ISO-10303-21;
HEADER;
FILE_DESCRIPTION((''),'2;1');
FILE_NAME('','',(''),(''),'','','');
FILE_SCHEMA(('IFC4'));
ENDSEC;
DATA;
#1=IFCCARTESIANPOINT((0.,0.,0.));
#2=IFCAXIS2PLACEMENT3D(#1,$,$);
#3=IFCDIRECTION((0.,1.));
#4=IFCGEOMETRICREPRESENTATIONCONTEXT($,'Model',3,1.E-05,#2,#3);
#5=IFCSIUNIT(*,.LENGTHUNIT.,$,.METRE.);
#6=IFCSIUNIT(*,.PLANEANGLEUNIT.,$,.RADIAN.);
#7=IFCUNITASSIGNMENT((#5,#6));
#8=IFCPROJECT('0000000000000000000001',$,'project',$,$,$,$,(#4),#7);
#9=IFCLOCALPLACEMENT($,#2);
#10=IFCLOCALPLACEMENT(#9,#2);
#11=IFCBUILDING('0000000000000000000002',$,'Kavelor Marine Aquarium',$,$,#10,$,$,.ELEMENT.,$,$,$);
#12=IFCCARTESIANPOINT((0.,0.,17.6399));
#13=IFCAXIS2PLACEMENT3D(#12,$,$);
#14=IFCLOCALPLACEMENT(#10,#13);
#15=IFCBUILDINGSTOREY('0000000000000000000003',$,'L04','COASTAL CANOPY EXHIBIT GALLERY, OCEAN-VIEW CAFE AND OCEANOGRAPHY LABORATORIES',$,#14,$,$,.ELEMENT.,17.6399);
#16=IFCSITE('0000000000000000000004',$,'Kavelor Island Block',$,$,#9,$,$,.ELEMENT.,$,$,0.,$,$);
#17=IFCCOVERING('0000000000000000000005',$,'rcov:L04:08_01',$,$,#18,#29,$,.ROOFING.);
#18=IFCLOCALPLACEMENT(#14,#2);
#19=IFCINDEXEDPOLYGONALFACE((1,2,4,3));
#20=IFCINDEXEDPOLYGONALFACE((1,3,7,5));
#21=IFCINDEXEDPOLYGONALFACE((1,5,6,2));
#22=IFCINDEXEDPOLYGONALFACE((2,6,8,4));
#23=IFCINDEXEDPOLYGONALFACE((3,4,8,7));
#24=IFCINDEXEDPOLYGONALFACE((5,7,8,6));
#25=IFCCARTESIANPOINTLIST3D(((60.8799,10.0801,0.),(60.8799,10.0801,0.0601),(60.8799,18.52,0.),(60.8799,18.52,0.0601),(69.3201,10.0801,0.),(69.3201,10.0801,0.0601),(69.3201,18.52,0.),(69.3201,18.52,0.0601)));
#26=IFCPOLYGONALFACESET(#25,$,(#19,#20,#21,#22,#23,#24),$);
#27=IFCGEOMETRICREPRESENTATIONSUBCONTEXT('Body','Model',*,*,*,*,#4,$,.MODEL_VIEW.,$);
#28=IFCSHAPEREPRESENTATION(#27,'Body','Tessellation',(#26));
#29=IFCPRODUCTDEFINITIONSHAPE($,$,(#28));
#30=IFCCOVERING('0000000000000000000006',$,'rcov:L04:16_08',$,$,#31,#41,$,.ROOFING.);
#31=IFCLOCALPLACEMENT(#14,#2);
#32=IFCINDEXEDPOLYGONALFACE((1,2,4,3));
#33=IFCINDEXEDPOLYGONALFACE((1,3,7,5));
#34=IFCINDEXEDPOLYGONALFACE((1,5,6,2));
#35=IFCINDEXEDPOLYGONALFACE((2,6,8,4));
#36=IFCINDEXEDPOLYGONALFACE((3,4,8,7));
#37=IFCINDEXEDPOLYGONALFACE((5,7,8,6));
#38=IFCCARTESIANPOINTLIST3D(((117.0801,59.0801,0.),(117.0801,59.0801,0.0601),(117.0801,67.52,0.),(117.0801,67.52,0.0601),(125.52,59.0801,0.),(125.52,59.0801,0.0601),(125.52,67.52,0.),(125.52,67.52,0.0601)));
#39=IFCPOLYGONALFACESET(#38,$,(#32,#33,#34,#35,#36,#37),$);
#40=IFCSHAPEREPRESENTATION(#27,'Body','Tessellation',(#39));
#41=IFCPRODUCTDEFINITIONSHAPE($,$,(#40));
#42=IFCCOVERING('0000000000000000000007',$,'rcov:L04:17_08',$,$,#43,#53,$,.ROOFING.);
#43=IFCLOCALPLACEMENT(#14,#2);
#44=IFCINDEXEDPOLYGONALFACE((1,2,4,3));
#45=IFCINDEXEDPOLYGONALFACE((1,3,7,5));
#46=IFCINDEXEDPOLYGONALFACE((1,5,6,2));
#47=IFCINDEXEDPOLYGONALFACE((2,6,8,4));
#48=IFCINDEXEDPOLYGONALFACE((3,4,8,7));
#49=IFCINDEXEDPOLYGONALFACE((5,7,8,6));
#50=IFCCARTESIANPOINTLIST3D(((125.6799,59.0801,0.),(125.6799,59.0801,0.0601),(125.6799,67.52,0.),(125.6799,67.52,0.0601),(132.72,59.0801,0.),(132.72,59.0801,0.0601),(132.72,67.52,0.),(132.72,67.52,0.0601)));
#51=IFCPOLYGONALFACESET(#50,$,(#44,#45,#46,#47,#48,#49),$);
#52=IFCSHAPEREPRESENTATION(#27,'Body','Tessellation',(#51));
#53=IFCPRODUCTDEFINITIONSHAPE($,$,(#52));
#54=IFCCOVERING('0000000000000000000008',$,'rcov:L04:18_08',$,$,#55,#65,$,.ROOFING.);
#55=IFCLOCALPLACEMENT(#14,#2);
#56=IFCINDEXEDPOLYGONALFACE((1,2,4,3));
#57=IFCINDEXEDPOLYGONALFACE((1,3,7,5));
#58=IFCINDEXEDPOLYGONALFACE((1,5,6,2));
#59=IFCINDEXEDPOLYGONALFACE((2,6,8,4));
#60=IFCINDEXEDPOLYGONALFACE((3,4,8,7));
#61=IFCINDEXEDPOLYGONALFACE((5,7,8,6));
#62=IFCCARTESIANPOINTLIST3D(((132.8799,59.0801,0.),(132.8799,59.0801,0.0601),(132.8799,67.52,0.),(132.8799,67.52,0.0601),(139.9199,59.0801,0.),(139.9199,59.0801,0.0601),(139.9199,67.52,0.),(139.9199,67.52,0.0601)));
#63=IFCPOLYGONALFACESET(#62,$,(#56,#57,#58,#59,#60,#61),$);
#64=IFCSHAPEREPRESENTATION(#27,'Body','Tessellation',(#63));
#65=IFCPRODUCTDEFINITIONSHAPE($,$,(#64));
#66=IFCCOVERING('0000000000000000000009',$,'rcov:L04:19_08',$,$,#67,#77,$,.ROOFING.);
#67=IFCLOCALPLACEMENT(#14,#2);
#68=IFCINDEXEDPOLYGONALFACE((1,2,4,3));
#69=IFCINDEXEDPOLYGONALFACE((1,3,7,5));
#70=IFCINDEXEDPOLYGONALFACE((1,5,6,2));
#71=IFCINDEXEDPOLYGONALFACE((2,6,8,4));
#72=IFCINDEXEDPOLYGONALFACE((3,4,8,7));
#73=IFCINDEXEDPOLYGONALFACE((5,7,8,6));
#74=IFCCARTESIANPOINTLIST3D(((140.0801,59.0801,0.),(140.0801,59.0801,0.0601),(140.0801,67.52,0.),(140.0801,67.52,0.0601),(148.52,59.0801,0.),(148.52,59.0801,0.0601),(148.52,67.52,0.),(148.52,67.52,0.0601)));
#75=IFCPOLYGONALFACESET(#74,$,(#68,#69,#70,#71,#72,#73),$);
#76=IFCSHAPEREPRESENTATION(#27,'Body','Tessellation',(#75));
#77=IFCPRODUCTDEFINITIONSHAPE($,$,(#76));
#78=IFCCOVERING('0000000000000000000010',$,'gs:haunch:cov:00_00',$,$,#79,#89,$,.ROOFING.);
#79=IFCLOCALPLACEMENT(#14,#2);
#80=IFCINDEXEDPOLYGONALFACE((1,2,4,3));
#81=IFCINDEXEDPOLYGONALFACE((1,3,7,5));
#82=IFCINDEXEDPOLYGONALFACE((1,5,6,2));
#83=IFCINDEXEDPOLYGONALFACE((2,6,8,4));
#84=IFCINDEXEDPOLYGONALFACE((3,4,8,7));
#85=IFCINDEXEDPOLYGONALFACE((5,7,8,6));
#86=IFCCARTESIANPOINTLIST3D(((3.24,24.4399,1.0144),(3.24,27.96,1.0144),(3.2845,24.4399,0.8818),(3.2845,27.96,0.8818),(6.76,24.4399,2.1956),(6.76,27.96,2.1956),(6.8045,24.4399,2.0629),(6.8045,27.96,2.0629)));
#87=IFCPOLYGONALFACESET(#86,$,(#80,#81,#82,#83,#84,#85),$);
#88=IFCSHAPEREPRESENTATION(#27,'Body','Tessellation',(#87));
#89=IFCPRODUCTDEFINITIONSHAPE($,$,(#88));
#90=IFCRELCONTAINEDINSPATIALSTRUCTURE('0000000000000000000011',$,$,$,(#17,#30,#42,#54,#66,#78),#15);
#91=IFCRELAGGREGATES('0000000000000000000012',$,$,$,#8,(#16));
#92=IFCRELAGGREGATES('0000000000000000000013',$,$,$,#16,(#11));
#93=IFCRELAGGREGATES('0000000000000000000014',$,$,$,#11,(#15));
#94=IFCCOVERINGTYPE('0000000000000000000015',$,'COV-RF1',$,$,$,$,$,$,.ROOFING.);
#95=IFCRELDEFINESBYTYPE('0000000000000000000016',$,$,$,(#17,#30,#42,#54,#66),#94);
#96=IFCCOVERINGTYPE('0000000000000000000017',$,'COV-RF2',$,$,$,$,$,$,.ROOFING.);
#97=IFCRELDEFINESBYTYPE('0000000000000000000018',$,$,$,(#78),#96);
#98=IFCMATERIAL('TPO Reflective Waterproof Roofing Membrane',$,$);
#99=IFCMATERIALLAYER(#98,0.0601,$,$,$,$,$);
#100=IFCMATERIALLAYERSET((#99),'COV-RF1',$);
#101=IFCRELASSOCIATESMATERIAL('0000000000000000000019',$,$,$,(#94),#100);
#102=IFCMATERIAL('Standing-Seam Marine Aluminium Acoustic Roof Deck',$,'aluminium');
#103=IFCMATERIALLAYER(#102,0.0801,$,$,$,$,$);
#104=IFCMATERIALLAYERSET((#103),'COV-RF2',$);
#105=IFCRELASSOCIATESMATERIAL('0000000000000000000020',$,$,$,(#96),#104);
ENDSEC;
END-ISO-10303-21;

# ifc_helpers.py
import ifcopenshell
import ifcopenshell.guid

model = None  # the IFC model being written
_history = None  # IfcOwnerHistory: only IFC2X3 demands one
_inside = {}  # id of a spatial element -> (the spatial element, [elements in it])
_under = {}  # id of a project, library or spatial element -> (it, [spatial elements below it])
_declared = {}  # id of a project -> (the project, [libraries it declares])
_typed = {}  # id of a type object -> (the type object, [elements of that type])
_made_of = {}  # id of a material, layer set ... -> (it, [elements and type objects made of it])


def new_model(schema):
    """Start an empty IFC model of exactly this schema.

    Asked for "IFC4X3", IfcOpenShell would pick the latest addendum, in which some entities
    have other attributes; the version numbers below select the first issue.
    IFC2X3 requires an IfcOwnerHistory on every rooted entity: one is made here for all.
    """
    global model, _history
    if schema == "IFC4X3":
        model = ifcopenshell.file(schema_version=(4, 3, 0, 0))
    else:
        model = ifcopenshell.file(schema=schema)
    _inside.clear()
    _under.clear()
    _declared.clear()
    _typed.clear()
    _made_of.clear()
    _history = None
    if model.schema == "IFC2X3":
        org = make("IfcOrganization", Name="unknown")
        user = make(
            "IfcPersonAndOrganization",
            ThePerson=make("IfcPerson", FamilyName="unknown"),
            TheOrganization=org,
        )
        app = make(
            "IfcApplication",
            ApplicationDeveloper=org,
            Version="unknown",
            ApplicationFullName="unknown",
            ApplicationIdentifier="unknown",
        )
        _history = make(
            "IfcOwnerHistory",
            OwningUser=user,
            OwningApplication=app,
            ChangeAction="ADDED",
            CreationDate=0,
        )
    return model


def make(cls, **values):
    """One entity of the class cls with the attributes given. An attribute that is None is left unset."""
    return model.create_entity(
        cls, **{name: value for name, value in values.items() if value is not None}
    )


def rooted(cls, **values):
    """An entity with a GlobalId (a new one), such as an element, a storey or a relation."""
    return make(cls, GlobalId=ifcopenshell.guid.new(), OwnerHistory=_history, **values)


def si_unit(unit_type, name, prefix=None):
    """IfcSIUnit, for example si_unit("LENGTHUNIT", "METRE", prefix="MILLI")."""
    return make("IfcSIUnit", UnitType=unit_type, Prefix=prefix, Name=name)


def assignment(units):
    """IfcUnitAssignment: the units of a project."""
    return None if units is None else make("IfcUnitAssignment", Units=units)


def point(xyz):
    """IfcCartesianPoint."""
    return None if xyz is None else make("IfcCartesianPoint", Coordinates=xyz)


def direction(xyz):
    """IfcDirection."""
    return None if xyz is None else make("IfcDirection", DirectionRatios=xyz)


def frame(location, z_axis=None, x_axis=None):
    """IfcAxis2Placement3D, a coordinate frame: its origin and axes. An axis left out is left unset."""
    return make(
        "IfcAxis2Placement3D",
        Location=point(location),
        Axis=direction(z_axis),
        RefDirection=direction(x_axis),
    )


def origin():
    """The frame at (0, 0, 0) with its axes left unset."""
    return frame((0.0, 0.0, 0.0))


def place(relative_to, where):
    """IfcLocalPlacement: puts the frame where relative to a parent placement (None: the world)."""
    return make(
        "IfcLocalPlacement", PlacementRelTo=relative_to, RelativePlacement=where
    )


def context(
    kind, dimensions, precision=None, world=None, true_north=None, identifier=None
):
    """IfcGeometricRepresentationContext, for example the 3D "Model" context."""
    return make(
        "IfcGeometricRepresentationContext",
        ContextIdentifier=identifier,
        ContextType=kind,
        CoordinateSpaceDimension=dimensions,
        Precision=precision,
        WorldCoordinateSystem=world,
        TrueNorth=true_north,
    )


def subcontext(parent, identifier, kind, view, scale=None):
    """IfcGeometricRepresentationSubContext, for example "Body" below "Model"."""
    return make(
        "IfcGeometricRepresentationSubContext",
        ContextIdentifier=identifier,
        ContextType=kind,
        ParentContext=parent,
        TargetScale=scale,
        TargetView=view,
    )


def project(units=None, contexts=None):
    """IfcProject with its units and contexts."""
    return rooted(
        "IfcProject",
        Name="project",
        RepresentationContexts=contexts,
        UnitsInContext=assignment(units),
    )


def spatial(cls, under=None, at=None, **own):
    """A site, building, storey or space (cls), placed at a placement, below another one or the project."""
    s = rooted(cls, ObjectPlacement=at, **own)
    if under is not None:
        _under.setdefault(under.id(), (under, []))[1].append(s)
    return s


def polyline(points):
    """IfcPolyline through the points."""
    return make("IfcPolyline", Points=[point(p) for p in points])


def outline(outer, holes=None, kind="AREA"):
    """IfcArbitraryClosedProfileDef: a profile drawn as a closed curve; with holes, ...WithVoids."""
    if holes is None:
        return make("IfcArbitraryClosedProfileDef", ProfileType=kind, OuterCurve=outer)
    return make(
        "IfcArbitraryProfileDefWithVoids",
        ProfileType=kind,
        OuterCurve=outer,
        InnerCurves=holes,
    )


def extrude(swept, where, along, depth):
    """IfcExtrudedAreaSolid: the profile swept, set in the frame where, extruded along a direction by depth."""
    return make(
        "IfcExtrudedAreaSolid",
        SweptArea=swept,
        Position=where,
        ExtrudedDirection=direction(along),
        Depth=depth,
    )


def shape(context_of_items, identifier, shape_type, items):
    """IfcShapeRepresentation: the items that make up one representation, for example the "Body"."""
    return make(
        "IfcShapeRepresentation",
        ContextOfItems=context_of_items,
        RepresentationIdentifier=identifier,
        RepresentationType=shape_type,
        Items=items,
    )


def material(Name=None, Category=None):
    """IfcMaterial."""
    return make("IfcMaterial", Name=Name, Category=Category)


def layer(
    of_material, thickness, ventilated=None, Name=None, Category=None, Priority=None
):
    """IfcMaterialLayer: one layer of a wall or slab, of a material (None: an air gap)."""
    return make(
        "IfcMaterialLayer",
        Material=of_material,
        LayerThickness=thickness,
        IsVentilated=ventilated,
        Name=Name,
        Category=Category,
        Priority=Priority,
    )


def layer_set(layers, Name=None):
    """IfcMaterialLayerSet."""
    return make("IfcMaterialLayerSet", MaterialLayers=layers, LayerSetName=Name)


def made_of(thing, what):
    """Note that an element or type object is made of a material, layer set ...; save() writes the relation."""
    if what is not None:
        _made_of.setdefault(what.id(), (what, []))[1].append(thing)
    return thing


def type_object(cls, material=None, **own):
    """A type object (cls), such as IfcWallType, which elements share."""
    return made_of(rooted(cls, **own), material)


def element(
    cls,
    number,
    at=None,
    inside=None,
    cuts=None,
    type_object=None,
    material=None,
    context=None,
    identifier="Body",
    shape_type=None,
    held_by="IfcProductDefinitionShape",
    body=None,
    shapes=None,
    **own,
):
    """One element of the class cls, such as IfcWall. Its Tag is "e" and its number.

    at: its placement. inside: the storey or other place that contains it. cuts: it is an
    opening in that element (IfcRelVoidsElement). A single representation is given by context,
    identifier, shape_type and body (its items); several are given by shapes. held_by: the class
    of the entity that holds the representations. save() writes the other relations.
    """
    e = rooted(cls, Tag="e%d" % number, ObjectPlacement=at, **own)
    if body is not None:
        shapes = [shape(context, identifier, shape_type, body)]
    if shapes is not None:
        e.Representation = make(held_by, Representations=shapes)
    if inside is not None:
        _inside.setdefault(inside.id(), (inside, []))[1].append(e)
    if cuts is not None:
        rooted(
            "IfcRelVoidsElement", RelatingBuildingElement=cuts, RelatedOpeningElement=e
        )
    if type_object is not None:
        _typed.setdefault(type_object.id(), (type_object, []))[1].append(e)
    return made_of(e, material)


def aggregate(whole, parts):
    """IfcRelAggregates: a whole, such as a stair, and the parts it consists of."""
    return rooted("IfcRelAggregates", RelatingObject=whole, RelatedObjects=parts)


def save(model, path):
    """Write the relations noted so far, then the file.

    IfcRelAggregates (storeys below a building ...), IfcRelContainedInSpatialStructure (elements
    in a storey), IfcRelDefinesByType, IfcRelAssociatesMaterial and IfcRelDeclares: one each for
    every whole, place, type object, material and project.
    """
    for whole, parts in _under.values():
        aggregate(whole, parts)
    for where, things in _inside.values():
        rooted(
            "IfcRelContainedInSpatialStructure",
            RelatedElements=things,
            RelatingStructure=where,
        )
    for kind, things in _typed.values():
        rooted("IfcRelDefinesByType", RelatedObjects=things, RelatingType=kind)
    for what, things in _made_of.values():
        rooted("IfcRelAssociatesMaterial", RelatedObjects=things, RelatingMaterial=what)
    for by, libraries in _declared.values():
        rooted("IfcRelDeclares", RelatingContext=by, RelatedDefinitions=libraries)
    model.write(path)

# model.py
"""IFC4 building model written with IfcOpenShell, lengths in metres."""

from ifc_helpers import new_model, si_unit, direction, frame, origin, place, context, subcontext, project, spatial, polyline, outline, extrude, material, layer, layer_set, type_object, element, save


model = new_model("IFC4")

# Units and contexts
model_context = context("Model", 3, precision=1e-05, world=origin(), true_north=direction((0.0, 1.0)))
body_context = subcontext(model_context, "Body", "Model", "MODEL_VIEW")
ifc_project = project(units=[si_unit("LENGTHUNIT", "METRE"), si_unit("PLANEANGLEUNIT", "RADIAN")], contexts=[model_context])

# Site, building, storey
site_placement = place(None, origin())
site = spatial("IfcSite", under=ifc_project, at=site_placement, Name="Kavelor Island Block", CompositionType="ELEMENT", RefElevation=0.0)
building_placement = place(site_placement, origin())
building = spatial("IfcBuilding", under=site, at=building_placement, Name="Kavelor Marine Aquarium", CompositionType="ELEMENT")
storey_placement = place(building_placement, frame((0.0, 0.0, 17.6399)))
storey = spatial("IfcBuildingStorey", under=building, at=storey_placement, Name="L04", Description="COASTAL CANOPY EXHIBIT GALLERY, OCEAN-VIEW CAFE AND OCEANOGRAPHY LABORATORIES", CompositionType="ELEMENT", Elevation=17.6399)

# Coverings
ifc_material_1 = material(Name="TPO Reflective Waterproof Roofing Membrane")
ifc_layer_1 = layer(ifc_material_1, 0.0601)
ifc_layer_set_1 = layer_set([ifc_layer_1], Name="COV-RF1")
covering_type_1 = type_object("IfcCoveringType", Name="COV-RF1", PredefinedType="ROOFING", material=ifc_layer_set_1)
covering_1_placement = place(storey_placement, origin())
element("IfcCovering", 1, at=covering_1_placement, inside=storey, type_object=covering_type_1, Name="rcov:L04:08_01", PredefinedType="ROOFING", context=body_context, shape_type="SweptSolid", body=[
    extrude(outline(polyline([(60.8799, 10.0801), (69.3201, 10.0801), (69.3201, 18.52), (60.8799, 18.52), (60.8799, 10.0801)])), origin(), (0.0, 0.0, 1.0), 0.0601),
])
covering_2_placement = place(storey_placement, origin())
element("IfcCovering", 2, at=covering_2_placement, inside=storey, type_object=covering_type_1, Name="rcov:L04:16_08", PredefinedType="ROOFING", context=body_context, shape_type="SweptSolid", body=[
    extrude(outline(polyline([(117.0801, 59.0801), (125.52, 59.0801), (125.52, 67.52), (117.0801, 67.52), (117.0801, 59.0801)])), origin(), (0.0, 0.0, 1.0), 0.0601),
])
covering_3_placement = place(storey_placement, origin())
element("IfcCovering", 3, at=covering_3_placement, inside=storey, type_object=covering_type_1, Name="rcov:L04:17_08", PredefinedType="ROOFING", context=body_context, shape_type="SweptSolid", body=[
    extrude(outline(polyline([(125.6799, 59.0801), (132.72, 59.0801), (132.72, 67.52), (125.6799, 67.52), (125.6799, 59.0801)])), origin(), (0.0, 0.0, 1.0), 0.0601),
])
covering_4_placement = place(storey_placement, origin())
element("IfcCovering", 4, at=covering_4_placement, inside=storey, type_object=covering_type_1, Name="rcov:L04:18_08", PredefinedType="ROOFING", context=body_context, shape_type="SweptSolid", body=[
    extrude(outline(polyline([(132.8799, 59.0801), (139.9199, 59.0801), (139.9199, 67.52), (132.8799, 67.52), (132.8799, 59.0801)])), origin(), (0.0, 0.0, 1.0), 0.0601),
])
covering_5_placement = place(storey_placement, origin())
element("IfcCovering", 5, at=covering_5_placement, inside=storey, type_object=covering_type_1, Name="rcov:L04:19_08", PredefinedType="ROOFING", context=body_context, shape_type="SweptSolid", body=[
    extrude(outline(polyline([(140.0801, 59.0801), (148.52, 59.0801), (148.52, 67.52), (140.0801, 67.52), (140.0801, 59.0801)])), origin(), (0.0, 0.0, 1.0), 0.0601),
])
ifc_material_2 = material(Name="Standing-Seam Marine Aluminium Acoustic Roof Deck", Category="aluminium")
ifc_layer_2 = layer(ifc_material_2, 0.0801)
ifc_layer_set_2 = layer_set([ifc_layer_2], Name="COV-RF2")
covering_type_2 = type_object("IfcCoveringType", Name="COV-RF2", PredefinedType="ROOFING", material=ifc_layer_set_2)
covering_6_placement = place(storey_placement, frame((3.24, 24.4399, 1.0144), z_axis=(-0.318121, 0.0, 0.94805), x_axis=(0.94805, 0.0, 0.318121)))
element("IfcCovering", 6, at=covering_6_placement, inside=storey, type_object=covering_type_2, Name="gs:haunch:cov:00_00", PredefinedType="ROOFING", context=body_context, shape_type="SweptSolid", body=[
    extrude(outline(polyline([(0.0, 0.0), (3.7129, 0.0), (3.7129, 3.52), (0.0, 3.52), (0.0, 0.0)])), origin(), (0.0, 0.0, -1.0), 0.1399),
])

save(model, "model.ifc")
